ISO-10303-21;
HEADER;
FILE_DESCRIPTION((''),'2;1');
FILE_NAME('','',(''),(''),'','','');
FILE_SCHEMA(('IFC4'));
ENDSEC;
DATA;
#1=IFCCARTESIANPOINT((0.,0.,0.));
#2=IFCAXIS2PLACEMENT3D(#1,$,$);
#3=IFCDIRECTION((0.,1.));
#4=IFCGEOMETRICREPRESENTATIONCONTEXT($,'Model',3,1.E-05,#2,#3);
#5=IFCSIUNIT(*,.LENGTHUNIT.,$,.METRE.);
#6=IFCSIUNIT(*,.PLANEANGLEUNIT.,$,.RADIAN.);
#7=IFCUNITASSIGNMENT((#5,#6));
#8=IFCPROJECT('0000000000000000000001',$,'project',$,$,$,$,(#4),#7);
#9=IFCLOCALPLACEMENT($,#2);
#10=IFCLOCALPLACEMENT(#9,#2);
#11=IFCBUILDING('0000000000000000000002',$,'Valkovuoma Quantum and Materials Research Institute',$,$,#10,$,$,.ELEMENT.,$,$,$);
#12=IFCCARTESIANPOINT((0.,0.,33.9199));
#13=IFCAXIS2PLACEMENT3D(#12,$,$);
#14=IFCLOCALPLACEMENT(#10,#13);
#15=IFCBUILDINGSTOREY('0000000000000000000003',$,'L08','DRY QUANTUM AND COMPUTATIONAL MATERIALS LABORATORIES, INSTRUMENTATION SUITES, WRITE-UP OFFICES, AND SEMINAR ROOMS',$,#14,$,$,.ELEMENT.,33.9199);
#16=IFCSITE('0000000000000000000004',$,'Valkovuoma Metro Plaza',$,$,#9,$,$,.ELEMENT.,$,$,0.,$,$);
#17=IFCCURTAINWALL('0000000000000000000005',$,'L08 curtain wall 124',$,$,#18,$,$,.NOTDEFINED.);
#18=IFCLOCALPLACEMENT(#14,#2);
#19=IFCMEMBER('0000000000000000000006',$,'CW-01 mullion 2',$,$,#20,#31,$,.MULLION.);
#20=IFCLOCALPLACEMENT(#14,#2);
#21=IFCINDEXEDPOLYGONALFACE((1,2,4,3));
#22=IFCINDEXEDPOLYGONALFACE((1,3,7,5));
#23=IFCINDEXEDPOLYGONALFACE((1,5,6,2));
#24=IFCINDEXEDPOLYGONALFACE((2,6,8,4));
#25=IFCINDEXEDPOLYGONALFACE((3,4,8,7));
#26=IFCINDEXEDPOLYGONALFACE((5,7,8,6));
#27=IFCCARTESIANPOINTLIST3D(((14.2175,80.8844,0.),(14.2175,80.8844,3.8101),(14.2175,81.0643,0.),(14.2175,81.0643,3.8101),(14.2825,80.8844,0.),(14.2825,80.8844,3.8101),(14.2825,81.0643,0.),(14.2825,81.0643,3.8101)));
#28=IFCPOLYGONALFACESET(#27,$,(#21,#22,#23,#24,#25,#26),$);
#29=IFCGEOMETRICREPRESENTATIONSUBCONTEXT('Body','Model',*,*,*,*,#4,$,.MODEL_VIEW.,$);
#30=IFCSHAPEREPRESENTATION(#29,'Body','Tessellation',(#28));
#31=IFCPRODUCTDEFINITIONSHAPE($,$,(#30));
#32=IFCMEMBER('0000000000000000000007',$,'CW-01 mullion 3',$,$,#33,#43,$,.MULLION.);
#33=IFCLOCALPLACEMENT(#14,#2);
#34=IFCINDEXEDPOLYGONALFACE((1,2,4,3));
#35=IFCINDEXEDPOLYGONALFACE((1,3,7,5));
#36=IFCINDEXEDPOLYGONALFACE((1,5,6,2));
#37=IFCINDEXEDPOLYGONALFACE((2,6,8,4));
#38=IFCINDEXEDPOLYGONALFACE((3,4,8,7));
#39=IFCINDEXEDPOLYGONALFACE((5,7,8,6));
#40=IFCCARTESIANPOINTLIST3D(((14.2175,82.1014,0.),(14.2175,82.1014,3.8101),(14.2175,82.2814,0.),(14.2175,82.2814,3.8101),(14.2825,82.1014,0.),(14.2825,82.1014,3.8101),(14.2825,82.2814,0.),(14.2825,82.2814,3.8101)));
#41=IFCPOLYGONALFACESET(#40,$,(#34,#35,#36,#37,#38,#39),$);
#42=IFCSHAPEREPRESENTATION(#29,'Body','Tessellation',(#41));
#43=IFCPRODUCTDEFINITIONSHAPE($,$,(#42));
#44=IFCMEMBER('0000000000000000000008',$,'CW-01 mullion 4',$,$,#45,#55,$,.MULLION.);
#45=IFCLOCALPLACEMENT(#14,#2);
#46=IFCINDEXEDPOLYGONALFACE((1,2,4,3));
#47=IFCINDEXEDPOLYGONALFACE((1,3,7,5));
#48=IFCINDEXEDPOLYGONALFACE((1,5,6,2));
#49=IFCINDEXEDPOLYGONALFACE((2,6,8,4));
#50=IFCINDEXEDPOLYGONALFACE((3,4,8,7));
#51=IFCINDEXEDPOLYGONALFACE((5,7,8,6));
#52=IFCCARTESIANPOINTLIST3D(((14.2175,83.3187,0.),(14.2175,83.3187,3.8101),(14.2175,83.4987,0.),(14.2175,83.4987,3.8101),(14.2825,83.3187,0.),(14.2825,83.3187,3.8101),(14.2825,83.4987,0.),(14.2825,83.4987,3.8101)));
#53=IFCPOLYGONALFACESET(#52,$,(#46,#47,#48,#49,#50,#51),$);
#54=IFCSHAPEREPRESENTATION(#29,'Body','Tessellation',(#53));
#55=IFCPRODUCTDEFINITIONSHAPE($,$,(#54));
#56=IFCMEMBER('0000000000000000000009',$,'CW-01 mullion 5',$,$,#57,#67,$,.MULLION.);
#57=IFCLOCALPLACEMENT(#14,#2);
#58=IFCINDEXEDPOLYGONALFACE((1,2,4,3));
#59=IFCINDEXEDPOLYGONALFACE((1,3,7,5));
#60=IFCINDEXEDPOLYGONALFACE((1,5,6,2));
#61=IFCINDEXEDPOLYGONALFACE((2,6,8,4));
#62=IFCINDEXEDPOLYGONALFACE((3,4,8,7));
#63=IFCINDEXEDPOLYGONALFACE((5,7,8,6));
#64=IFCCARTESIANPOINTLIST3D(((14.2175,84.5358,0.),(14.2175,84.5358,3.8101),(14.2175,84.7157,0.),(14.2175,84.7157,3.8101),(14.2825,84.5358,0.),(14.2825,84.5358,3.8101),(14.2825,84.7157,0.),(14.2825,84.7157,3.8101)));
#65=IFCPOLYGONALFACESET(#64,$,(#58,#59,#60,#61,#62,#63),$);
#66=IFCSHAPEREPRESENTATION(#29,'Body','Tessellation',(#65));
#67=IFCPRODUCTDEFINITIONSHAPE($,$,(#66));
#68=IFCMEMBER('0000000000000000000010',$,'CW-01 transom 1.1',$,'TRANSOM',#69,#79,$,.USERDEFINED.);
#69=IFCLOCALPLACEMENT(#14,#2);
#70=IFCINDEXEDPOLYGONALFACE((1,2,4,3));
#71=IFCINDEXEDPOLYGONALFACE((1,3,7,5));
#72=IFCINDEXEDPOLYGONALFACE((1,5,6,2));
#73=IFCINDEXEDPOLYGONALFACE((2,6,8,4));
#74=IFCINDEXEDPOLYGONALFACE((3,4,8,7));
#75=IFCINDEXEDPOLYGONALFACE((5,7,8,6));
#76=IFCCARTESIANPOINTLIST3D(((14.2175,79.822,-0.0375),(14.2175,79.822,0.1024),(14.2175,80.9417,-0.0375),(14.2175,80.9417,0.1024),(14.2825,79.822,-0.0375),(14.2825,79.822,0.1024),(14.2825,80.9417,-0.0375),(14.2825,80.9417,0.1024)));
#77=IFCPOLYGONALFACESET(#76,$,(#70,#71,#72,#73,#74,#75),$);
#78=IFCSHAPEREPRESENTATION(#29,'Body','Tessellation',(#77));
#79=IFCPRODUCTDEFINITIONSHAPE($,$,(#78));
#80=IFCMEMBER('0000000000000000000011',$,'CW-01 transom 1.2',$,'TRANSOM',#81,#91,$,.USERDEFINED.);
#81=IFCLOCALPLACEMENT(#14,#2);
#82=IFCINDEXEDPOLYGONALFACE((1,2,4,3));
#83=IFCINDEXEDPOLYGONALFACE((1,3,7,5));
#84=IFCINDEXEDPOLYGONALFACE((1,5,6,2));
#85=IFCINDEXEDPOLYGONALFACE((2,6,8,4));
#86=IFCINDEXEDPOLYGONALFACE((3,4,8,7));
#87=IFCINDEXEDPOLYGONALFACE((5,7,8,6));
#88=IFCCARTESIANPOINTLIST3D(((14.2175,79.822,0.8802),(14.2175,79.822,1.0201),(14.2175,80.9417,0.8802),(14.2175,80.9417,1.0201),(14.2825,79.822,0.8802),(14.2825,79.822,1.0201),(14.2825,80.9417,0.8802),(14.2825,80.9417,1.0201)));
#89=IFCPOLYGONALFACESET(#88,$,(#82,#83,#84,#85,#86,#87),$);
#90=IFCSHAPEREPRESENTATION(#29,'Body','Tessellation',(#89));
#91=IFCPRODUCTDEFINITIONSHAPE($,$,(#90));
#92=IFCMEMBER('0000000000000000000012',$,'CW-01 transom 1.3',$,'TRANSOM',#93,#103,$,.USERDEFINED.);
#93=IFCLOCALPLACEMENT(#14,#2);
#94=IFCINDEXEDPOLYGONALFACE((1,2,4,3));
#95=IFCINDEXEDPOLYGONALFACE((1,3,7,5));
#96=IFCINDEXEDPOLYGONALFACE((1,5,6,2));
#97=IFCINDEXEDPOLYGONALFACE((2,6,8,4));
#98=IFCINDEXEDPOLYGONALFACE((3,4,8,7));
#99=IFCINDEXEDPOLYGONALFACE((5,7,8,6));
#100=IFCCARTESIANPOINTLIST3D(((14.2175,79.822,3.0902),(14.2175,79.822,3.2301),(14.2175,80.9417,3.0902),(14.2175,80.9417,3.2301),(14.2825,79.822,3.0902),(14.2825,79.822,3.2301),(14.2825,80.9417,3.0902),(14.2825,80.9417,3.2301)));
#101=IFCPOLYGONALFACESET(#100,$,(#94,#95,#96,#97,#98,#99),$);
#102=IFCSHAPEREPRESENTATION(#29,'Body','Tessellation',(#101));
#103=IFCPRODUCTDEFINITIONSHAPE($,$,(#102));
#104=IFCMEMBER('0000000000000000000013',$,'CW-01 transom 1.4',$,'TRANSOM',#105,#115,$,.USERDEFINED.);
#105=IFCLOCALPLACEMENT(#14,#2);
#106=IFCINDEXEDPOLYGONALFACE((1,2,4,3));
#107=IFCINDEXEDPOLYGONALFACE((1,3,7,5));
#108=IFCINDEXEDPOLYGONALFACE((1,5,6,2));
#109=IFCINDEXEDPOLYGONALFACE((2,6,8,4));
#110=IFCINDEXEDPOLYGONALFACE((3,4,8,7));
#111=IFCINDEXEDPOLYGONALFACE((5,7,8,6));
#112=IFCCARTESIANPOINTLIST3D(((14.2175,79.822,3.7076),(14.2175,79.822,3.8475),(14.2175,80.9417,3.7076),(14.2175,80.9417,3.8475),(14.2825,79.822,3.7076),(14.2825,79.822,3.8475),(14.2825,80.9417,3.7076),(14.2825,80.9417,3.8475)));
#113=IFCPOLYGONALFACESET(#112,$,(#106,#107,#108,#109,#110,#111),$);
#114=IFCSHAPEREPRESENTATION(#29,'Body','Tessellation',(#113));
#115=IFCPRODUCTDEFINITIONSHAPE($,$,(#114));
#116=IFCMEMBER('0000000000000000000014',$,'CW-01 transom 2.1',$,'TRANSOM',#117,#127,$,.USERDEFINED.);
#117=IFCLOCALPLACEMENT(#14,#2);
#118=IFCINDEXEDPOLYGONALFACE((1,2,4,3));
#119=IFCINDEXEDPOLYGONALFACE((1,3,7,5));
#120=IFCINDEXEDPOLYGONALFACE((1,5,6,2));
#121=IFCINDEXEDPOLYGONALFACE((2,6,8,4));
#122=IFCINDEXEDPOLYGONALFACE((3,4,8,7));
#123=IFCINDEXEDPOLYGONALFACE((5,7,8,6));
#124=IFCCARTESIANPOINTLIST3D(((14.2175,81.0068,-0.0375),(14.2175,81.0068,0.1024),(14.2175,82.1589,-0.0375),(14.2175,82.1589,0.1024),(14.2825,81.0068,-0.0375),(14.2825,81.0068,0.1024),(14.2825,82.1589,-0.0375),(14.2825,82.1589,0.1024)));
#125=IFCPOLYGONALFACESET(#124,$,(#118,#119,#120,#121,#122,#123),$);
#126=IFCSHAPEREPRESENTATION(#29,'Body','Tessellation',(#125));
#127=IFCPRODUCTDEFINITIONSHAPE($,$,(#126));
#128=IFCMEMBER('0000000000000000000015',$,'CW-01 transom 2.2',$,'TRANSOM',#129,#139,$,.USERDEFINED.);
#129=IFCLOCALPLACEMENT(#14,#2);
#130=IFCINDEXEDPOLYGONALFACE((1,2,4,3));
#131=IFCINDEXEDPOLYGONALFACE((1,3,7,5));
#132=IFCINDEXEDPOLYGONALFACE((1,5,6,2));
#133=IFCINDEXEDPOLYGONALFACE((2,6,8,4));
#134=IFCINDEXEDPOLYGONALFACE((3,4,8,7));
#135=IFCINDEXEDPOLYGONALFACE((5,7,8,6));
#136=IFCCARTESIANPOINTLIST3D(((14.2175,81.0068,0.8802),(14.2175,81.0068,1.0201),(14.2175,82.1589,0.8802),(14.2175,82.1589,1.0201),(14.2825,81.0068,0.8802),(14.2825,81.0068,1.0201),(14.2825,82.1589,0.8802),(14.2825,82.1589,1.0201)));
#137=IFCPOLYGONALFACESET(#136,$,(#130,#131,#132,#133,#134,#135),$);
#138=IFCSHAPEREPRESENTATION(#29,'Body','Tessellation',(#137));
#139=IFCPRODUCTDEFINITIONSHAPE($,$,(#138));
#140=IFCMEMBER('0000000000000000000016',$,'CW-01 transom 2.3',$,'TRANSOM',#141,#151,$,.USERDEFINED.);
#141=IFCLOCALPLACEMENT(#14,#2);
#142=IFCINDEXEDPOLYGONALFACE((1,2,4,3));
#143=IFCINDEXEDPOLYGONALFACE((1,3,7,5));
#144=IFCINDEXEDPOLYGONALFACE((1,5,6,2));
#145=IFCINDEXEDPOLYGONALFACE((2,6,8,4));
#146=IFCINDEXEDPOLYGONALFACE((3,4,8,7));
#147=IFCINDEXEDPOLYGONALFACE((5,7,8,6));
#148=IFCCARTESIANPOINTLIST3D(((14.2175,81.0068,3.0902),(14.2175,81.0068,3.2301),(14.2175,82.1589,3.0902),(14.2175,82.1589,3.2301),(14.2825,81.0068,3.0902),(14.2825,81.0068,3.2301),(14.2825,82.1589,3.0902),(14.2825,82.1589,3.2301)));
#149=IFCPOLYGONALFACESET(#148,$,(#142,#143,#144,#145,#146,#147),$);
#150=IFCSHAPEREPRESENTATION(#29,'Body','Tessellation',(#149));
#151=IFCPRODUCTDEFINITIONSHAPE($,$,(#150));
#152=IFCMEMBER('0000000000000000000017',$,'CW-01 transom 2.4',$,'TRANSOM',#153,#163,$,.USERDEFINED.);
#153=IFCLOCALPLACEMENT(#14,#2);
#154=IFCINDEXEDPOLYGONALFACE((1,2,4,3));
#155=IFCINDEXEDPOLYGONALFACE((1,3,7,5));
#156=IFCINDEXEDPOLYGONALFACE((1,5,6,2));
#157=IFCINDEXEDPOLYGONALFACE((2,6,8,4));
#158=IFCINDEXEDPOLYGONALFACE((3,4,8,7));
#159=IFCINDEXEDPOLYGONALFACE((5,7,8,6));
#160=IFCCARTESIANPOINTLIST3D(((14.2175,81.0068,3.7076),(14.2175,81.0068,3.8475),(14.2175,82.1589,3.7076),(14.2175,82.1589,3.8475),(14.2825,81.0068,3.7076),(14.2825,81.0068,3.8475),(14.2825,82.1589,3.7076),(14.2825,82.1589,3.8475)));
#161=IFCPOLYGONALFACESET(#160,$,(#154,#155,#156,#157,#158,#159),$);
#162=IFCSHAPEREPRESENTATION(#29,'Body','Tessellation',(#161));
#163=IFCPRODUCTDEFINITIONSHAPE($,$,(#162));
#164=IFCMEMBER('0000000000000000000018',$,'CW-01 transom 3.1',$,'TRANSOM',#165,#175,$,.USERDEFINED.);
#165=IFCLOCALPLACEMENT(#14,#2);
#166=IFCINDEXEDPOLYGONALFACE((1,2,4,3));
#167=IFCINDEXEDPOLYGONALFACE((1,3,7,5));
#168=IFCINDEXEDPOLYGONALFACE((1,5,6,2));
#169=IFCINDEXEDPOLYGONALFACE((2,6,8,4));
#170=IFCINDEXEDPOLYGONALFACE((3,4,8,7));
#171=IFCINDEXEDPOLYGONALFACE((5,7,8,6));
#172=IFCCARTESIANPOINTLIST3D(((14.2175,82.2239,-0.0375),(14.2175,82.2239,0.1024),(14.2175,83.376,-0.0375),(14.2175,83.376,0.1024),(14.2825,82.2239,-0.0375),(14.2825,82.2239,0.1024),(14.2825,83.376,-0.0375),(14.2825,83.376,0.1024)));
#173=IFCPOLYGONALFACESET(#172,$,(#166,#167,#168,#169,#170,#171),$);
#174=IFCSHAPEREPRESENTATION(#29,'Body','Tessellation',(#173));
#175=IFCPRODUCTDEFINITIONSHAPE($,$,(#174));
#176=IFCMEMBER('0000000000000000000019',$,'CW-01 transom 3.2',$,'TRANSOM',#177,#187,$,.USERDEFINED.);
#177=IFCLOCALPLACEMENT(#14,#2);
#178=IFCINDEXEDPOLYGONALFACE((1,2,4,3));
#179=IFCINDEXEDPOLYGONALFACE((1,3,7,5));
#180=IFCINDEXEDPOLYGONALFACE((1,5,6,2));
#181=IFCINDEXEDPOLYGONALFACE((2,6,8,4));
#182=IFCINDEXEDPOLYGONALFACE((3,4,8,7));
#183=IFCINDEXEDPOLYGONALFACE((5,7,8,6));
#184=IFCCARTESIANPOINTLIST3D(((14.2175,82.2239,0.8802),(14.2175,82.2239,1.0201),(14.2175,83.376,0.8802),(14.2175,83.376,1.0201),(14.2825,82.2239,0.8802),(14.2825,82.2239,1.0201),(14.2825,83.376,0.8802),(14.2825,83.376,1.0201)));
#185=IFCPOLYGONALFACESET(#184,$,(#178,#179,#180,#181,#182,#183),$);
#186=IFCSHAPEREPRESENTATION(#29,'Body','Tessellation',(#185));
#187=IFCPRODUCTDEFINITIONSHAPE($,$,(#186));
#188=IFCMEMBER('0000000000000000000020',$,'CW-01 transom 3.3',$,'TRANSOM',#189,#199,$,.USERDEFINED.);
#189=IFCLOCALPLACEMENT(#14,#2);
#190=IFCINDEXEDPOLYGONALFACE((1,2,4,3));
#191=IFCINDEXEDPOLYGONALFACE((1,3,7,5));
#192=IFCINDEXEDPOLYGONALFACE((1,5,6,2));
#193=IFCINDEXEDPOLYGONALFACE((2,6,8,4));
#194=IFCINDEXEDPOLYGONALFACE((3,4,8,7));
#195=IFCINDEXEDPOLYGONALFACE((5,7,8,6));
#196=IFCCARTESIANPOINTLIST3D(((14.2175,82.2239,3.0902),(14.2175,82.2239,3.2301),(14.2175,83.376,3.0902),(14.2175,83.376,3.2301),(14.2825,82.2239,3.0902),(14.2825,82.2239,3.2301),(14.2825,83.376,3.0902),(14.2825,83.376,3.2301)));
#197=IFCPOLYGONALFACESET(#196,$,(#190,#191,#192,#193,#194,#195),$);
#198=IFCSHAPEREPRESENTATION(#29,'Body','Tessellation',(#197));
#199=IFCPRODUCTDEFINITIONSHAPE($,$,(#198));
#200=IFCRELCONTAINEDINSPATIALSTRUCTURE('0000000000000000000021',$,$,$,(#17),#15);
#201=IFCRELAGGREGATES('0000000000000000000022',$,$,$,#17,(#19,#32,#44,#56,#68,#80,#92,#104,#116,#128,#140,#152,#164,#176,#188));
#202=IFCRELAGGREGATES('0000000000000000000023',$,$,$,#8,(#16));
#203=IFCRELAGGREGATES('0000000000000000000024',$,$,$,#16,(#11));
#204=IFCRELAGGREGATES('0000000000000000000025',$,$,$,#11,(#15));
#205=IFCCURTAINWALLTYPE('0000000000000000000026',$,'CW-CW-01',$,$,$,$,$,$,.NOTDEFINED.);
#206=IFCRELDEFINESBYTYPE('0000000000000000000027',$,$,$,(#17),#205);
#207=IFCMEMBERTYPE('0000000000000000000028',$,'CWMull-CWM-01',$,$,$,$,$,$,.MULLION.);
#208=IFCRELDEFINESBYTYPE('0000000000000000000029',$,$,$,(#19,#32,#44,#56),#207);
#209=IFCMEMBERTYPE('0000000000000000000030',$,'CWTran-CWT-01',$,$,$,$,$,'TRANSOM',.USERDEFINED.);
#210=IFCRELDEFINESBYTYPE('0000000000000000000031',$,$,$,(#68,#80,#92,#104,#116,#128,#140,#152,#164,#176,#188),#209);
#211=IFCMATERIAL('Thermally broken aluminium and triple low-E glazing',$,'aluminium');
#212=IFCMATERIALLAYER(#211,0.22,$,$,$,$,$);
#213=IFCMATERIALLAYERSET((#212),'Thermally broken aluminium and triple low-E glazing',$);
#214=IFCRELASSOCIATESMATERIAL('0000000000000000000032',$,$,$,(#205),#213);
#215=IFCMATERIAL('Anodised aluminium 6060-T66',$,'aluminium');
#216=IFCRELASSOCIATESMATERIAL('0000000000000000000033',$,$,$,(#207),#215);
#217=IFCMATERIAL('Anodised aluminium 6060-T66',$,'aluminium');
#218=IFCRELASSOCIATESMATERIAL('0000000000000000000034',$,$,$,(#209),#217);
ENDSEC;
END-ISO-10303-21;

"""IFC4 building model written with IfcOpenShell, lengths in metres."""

from ifc_helpers import new_model, si_unit, direction, frame, origin, origin_2d, place, context, subcontext, project, spatial, rectangle, extrude, material, layer, layer_set, material_profile, profile_set, type_object, element, aggregate, save


model = new_model("IFC4")

# Units and contexts
model_context = context("Model", 3, precision=1e-05, world=origin(), true_north=direction((0.0, 1.0)))
body_context = subcontext(model_context, "Body", "Model", "MODEL_VIEW")
ifc_project = project(units=[si_unit("LENGTHUNIT", "METRE"), si_unit("PLANEANGLEUNIT", "RADIAN")], contexts=[model_context])

# Site, building, storey
site_placement = place(None, origin())
site = spatial("IfcSite", under=ifc_project, at=site_placement, Name="Valkovuoma Metro Plaza", CompositionType="ELEMENT", RefElevation=0.0)
building_placement = place(site_placement, origin())
building = spatial("IfcBuilding", under=site, at=building_placement, Name="Valkovuoma Quantum and Materials Research Institute", CompositionType="ELEMENT")
storey_placement = place(building_placement, frame((0.0, 0.0, 33.9199)))
storey = spatial("IfcBuildingStorey", under=building, at=storey_placement, Name="L08", Description="DRY QUANTUM AND COMPUTATIONAL MATERIALS LABORATORIES, INSTRUMENTATION SUITES, WRITE-UP OFFICES, AND SEMINAR ROOMS", CompositionType="ELEMENT", Elevation=33.9199)

# Curtain wall, members
ifc_material_1 = material(Name="Thermally broken aluminium and triple low-E glazing", Category="aluminium")
ifc_layer_1 = layer(ifc_material_1, 0.22)
ifc_layer_set_1 = layer_set([ifc_layer_1], Name="Thermally broken aluminium and triple low-E glazing")
curtain_wall_type = type_object("IfcCurtainWallType", Name="CW-CW-01", PredefinedType="NOTDEFINED", material=ifc_layer_set_1)
curtain_wall_placement = place(storey_placement, origin())
curtain_wall = element("IfcCurtainWall", 1, at=curtain_wall_placement, inside=storey, type_object=curtain_wall_type, Name="L08 curtain wall 124", PredefinedType="NOTDEFINED")
ifc_material_2 = material(Name="Anodised aluminium 6060-T66", Category="aluminium")
ifc_material_profile_1 = material_profile(ifc_material_2, rectangle(XDim=0.0649, YDim=0.1799, at=origin_2d()), Name="Anodised aluminium 6060-T66")
ifc_profile_set_1 = profile_set([ifc_material_profile_1], Name="Anodised aluminium 6060-T66")
member_type_1 = type_object("IfcMemberType", Name="CWMull-CWM-01", PredefinedType="MULLION", material=ifc_profile_set_1)
member_1_placement = place(storey_placement, frame((14.25, 80.9744, 0.0), z_axis=(0.0, 0.0, 1.0), x_axis=(-1.0, 0.0, 0.0)))
member_1 = element("IfcMember", 2, at=member_1_placement, type_object=member_type_1, Name="CW-01 mullion 2", PredefinedType="MULLION", context=body_context, shape_type="SweptSolid", body=[
    extrude(rectangle(XDim=0.0649, YDim=0.1799, at=origin_2d()), origin(), (0.0, 0.0, 1.0), 3.8101),
])
member_2_placement = place(storey_placement, frame((14.25, 82.1914, 0.0), z_axis=(0.0, 0.0, 1.0), x_axis=(-1.0, 0.0, 0.0)))
member_2 = element("IfcMember", 3, at=member_2_placement, type_object=member_type_1, Name="CW-01 mullion 3", PredefinedType="MULLION", context=body_context, shape_type="SweptSolid", body=[
    extrude(rectangle(XDim=0.0649, YDim=0.1799, at=origin_2d()), origin(), (0.0, 0.0, 1.0), 3.8101),
])
member_3_placement = place(storey_placement, frame((14.25, 83.4087, 0.0), z_axis=(0.0, 0.0, 1.0), x_axis=(-1.0, 0.0, 0.0)))
member_3 = element("IfcMember", 4, at=member_3_placement, type_object=member_type_1, Name="CW-01 mullion 4", PredefinedType="MULLION", context=body_context, shape_type="SweptSolid", body=[
    extrude(rectangle(XDim=0.0649, YDim=0.1799, at=origin_2d()), origin(), (0.0, 0.0, 1.0), 3.8101),
])
member_4_placement = place(storey_placement, frame((14.25, 84.6257, 0.0), z_axis=(0.0, 0.0, 1.0), x_axis=(-1.0, 0.0, 0.0)))
member_4 = element("IfcMember", 5, at=member_4_placement, type_object=member_type_1, Name="CW-01 mullion 5", PredefinedType="MULLION", context=body_context, shape_type="SweptSolid", body=[
    extrude(rectangle(XDim=0.0649, YDim=0.1799, at=origin_2d()), origin(), (0.0, 0.0, 1.0), 3.8101),
])
ifc_material_3 = material(Name="Anodised aluminium 6060-T66", Category="aluminium")
ifc_material_profile_2 = material_profile(ifc_material_3, rectangle(XDim=0.0649, YDim=0.1399, at=origin_2d()), Name="Anodised aluminium 6060-T66")
ifc_profile_set_2 = profile_set([ifc_material_profile_2], Name="Anodised aluminium 6060-T66")
member_type_2 = type_object("IfcMemberType", Name="CWTran-CWT-01", ElementType="TRANSOM", PredefinedType="USERDEFINED", material=ifc_profile_set_2)
member_5_placement = place(storey_placement, frame((14.25, 79.822, 0.0325), z_axis=(0.0, 1.0, 0.0), x_axis=(-1.0, 0.0, 0.0)))
member_5 = element("IfcMember", 6, at=member_5_placement, type_object=member_type_2, Name="CW-01 transom 1.1", ObjectType="TRANSOM", PredefinedType="USERDEFINED", context=body_context, shape_type="SweptSolid", body=[
    extrude(rectangle(XDim=0.0649, YDim=0.1399, at=origin_2d()), origin(), (0.0, 0.0, 1.0), 1.1196),
])
member_6_placement = place(storey_placement, frame((14.25, 79.822, 0.9502), z_axis=(0.0, 1.0, 0.0), x_axis=(-1.0, 0.0, 0.0)))
member_6 = element("IfcMember", 7, at=member_6_placement, type_object=member_type_2, Name="CW-01 transom 1.2", ObjectType="TRANSOM", PredefinedType="USERDEFINED", context=body_context, shape_type="SweptSolid", body=[
    extrude(rectangle(XDim=0.0649, YDim=0.1399, at=origin_2d()), origin(), (0.0, 0.0, 1.0), 1.1196),
])
member_7_placement = place(storey_placement, frame((14.25, 79.822, 3.1602), z_axis=(0.0, 1.0, 0.0), x_axis=(-1.0, 0.0, 0.0)))
member_7 = element("IfcMember", 8, at=member_7_placement, type_object=member_type_2, Name="CW-01 transom 1.3", ObjectType="TRANSOM", PredefinedType="USERDEFINED", context=body_context, shape_type="SweptSolid", body=[
    extrude(rectangle(XDim=0.0649, YDim=0.1399, at=origin_2d()), origin(), (0.0, 0.0, 1.0), 1.1196),
])
member_8_placement = place(storey_placement, frame((14.25, 79.822, 3.7776), z_axis=(0.0, 1.0, 0.0), x_axis=(-1.0, 0.0, 0.0)))
member_8 = element("IfcMember", 9, at=member_8_placement, type_object=member_type_2, Name="CW-01 transom 1.4", ObjectType="TRANSOM", PredefinedType="USERDEFINED", context=body_context, shape_type="SweptSolid", body=[
    extrude(rectangle(XDim=0.0649, YDim=0.1399, at=origin_2d()), origin(), (0.0, 0.0, 1.0), 1.1196),
])
member_9_placement = place(storey_placement, frame((14.25, 81.0068, 0.0325), z_axis=(0.0, 1.0, 0.0), x_axis=(-1.0, 0.0, 0.0)))
member_9 = element("IfcMember", 10, at=member_9_placement, type_object=member_type_2, Name="CW-01 transom 2.1", ObjectType="TRANSOM", PredefinedType="USERDEFINED", context=body_context, shape_type="SweptSolid", body=[
    extrude(rectangle(XDim=0.0649, YDim=0.1399, at=origin_2d()), origin(), (0.0, 0.0, 1.0), 1.1521),
])
member_10_placement = place(storey_placement, frame((14.25, 81.0068, 0.9502), z_axis=(0.0, 1.0, 0.0), x_axis=(-1.0, 0.0, 0.0)))
member_10 = element("IfcMember", 11, at=member_10_placement, type_object=member_type_2, Name="CW-01 transom 2.2", ObjectType="TRANSOM", PredefinedType="USERDEFINED", context=body_context, shape_type="SweptSolid", body=[
    extrude(rectangle(XDim=0.0649, YDim=0.1399, at=origin_2d()), origin(), (0.0, 0.0, 1.0), 1.1521),
])
member_11_placement = place(storey_placement, frame((14.25, 81.0068, 3.1602), z_axis=(0.0, 1.0, 0.0), x_axis=(-1.0, 0.0, 0.0)))
member_11 = element("IfcMember", 12, at=member_11_placement, type_object=member_type_2, Name="CW-01 transom 2.3", ObjectType="TRANSOM", PredefinedType="USERDEFINED", context=body_context, shape_type="SweptSolid", body=[
    extrude(rectangle(XDim=0.0649, YDim=0.1399, at=origin_2d()), origin(), (0.0, 0.0, 1.0), 1.1521),
])
member_12_placement = place(storey_placement, frame((14.25, 81.0068, 3.7776), z_axis=(0.0, 1.0, 0.0), x_axis=(-1.0, 0.0, 0.0)))
member_12 = element("IfcMember", 13, at=member_12_placement, type_object=member_type_2, Name="CW-01 transom 2.4", ObjectType="TRANSOM", PredefinedType="USERDEFINED", context=body_context, shape_type="SweptSolid", body=[
    extrude(rectangle(XDim=0.0649, YDim=0.1399, at=origin_2d()), origin(), (0.0, 0.0, 1.0), 1.1521),
])
member_13_placement = place(storey_placement, frame((14.25, 82.2239, 0.0325), z_axis=(0.0, 1.0, 0.0), x_axis=(-1.0, 0.0, 0.0)))
member_13 = element("IfcMember", 14, at=member_13_placement, type_object=member_type_2, Name="CW-01 transom 3.1", ObjectType="TRANSOM", PredefinedType="USERDEFINED", context=body_context, shape_type="SweptSolid", body=[
    extrude(rectangle(XDim=0.0649, YDim=0.1399, at=origin_2d()), origin(), (0.0, 0.0, 1.0), 1.1521),
])
member_14_placement = place(storey_placement, frame((14.25, 82.2239, 0.9502), z_axis=(0.0, 1.0, 0.0), x_axis=(-1.0, 0.0, 0.0)))
member_14 = element("IfcMember", 15, at=member_14_placement, type_object=member_type_2, Name="CW-01 transom 3.2", ObjectType="TRANSOM", PredefinedType="USERDEFINED", context=body_context, shape_type="SweptSolid", body=[
    extrude(rectangle(XDim=0.0649, YDim=0.1399, at=origin_2d()), origin(), (0.0, 0.0, 1.0), 1.1521),
])
member_15_placement = place(storey_placement, frame((14.25, 82.2239, 3.1602), z_axis=(0.0, 1.0, 0.0), x_axis=(-1.0, 0.0, 0.0)))
member_15 = element("IfcMember", 16, at=member_15_placement, type_object=member_type_2, Name="CW-01 transom 3.3", ObjectType="TRANSOM", PredefinedType="USERDEFINED", context=body_context, shape_type="SweptSolid", body=[
    extrude(rectangle(XDim=0.0649, YDim=0.1399, at=origin_2d()), origin(), (0.0, 0.0, 1.0), 1.1521),
])
aggregate(curtain_wall, [member_1, member_2, member_3, member_4, member_5, member_6, member_7, member_8, member_9, member_10, member_11, member_12, member_13, member_14, member_15])

save(model, "model.ifc")
